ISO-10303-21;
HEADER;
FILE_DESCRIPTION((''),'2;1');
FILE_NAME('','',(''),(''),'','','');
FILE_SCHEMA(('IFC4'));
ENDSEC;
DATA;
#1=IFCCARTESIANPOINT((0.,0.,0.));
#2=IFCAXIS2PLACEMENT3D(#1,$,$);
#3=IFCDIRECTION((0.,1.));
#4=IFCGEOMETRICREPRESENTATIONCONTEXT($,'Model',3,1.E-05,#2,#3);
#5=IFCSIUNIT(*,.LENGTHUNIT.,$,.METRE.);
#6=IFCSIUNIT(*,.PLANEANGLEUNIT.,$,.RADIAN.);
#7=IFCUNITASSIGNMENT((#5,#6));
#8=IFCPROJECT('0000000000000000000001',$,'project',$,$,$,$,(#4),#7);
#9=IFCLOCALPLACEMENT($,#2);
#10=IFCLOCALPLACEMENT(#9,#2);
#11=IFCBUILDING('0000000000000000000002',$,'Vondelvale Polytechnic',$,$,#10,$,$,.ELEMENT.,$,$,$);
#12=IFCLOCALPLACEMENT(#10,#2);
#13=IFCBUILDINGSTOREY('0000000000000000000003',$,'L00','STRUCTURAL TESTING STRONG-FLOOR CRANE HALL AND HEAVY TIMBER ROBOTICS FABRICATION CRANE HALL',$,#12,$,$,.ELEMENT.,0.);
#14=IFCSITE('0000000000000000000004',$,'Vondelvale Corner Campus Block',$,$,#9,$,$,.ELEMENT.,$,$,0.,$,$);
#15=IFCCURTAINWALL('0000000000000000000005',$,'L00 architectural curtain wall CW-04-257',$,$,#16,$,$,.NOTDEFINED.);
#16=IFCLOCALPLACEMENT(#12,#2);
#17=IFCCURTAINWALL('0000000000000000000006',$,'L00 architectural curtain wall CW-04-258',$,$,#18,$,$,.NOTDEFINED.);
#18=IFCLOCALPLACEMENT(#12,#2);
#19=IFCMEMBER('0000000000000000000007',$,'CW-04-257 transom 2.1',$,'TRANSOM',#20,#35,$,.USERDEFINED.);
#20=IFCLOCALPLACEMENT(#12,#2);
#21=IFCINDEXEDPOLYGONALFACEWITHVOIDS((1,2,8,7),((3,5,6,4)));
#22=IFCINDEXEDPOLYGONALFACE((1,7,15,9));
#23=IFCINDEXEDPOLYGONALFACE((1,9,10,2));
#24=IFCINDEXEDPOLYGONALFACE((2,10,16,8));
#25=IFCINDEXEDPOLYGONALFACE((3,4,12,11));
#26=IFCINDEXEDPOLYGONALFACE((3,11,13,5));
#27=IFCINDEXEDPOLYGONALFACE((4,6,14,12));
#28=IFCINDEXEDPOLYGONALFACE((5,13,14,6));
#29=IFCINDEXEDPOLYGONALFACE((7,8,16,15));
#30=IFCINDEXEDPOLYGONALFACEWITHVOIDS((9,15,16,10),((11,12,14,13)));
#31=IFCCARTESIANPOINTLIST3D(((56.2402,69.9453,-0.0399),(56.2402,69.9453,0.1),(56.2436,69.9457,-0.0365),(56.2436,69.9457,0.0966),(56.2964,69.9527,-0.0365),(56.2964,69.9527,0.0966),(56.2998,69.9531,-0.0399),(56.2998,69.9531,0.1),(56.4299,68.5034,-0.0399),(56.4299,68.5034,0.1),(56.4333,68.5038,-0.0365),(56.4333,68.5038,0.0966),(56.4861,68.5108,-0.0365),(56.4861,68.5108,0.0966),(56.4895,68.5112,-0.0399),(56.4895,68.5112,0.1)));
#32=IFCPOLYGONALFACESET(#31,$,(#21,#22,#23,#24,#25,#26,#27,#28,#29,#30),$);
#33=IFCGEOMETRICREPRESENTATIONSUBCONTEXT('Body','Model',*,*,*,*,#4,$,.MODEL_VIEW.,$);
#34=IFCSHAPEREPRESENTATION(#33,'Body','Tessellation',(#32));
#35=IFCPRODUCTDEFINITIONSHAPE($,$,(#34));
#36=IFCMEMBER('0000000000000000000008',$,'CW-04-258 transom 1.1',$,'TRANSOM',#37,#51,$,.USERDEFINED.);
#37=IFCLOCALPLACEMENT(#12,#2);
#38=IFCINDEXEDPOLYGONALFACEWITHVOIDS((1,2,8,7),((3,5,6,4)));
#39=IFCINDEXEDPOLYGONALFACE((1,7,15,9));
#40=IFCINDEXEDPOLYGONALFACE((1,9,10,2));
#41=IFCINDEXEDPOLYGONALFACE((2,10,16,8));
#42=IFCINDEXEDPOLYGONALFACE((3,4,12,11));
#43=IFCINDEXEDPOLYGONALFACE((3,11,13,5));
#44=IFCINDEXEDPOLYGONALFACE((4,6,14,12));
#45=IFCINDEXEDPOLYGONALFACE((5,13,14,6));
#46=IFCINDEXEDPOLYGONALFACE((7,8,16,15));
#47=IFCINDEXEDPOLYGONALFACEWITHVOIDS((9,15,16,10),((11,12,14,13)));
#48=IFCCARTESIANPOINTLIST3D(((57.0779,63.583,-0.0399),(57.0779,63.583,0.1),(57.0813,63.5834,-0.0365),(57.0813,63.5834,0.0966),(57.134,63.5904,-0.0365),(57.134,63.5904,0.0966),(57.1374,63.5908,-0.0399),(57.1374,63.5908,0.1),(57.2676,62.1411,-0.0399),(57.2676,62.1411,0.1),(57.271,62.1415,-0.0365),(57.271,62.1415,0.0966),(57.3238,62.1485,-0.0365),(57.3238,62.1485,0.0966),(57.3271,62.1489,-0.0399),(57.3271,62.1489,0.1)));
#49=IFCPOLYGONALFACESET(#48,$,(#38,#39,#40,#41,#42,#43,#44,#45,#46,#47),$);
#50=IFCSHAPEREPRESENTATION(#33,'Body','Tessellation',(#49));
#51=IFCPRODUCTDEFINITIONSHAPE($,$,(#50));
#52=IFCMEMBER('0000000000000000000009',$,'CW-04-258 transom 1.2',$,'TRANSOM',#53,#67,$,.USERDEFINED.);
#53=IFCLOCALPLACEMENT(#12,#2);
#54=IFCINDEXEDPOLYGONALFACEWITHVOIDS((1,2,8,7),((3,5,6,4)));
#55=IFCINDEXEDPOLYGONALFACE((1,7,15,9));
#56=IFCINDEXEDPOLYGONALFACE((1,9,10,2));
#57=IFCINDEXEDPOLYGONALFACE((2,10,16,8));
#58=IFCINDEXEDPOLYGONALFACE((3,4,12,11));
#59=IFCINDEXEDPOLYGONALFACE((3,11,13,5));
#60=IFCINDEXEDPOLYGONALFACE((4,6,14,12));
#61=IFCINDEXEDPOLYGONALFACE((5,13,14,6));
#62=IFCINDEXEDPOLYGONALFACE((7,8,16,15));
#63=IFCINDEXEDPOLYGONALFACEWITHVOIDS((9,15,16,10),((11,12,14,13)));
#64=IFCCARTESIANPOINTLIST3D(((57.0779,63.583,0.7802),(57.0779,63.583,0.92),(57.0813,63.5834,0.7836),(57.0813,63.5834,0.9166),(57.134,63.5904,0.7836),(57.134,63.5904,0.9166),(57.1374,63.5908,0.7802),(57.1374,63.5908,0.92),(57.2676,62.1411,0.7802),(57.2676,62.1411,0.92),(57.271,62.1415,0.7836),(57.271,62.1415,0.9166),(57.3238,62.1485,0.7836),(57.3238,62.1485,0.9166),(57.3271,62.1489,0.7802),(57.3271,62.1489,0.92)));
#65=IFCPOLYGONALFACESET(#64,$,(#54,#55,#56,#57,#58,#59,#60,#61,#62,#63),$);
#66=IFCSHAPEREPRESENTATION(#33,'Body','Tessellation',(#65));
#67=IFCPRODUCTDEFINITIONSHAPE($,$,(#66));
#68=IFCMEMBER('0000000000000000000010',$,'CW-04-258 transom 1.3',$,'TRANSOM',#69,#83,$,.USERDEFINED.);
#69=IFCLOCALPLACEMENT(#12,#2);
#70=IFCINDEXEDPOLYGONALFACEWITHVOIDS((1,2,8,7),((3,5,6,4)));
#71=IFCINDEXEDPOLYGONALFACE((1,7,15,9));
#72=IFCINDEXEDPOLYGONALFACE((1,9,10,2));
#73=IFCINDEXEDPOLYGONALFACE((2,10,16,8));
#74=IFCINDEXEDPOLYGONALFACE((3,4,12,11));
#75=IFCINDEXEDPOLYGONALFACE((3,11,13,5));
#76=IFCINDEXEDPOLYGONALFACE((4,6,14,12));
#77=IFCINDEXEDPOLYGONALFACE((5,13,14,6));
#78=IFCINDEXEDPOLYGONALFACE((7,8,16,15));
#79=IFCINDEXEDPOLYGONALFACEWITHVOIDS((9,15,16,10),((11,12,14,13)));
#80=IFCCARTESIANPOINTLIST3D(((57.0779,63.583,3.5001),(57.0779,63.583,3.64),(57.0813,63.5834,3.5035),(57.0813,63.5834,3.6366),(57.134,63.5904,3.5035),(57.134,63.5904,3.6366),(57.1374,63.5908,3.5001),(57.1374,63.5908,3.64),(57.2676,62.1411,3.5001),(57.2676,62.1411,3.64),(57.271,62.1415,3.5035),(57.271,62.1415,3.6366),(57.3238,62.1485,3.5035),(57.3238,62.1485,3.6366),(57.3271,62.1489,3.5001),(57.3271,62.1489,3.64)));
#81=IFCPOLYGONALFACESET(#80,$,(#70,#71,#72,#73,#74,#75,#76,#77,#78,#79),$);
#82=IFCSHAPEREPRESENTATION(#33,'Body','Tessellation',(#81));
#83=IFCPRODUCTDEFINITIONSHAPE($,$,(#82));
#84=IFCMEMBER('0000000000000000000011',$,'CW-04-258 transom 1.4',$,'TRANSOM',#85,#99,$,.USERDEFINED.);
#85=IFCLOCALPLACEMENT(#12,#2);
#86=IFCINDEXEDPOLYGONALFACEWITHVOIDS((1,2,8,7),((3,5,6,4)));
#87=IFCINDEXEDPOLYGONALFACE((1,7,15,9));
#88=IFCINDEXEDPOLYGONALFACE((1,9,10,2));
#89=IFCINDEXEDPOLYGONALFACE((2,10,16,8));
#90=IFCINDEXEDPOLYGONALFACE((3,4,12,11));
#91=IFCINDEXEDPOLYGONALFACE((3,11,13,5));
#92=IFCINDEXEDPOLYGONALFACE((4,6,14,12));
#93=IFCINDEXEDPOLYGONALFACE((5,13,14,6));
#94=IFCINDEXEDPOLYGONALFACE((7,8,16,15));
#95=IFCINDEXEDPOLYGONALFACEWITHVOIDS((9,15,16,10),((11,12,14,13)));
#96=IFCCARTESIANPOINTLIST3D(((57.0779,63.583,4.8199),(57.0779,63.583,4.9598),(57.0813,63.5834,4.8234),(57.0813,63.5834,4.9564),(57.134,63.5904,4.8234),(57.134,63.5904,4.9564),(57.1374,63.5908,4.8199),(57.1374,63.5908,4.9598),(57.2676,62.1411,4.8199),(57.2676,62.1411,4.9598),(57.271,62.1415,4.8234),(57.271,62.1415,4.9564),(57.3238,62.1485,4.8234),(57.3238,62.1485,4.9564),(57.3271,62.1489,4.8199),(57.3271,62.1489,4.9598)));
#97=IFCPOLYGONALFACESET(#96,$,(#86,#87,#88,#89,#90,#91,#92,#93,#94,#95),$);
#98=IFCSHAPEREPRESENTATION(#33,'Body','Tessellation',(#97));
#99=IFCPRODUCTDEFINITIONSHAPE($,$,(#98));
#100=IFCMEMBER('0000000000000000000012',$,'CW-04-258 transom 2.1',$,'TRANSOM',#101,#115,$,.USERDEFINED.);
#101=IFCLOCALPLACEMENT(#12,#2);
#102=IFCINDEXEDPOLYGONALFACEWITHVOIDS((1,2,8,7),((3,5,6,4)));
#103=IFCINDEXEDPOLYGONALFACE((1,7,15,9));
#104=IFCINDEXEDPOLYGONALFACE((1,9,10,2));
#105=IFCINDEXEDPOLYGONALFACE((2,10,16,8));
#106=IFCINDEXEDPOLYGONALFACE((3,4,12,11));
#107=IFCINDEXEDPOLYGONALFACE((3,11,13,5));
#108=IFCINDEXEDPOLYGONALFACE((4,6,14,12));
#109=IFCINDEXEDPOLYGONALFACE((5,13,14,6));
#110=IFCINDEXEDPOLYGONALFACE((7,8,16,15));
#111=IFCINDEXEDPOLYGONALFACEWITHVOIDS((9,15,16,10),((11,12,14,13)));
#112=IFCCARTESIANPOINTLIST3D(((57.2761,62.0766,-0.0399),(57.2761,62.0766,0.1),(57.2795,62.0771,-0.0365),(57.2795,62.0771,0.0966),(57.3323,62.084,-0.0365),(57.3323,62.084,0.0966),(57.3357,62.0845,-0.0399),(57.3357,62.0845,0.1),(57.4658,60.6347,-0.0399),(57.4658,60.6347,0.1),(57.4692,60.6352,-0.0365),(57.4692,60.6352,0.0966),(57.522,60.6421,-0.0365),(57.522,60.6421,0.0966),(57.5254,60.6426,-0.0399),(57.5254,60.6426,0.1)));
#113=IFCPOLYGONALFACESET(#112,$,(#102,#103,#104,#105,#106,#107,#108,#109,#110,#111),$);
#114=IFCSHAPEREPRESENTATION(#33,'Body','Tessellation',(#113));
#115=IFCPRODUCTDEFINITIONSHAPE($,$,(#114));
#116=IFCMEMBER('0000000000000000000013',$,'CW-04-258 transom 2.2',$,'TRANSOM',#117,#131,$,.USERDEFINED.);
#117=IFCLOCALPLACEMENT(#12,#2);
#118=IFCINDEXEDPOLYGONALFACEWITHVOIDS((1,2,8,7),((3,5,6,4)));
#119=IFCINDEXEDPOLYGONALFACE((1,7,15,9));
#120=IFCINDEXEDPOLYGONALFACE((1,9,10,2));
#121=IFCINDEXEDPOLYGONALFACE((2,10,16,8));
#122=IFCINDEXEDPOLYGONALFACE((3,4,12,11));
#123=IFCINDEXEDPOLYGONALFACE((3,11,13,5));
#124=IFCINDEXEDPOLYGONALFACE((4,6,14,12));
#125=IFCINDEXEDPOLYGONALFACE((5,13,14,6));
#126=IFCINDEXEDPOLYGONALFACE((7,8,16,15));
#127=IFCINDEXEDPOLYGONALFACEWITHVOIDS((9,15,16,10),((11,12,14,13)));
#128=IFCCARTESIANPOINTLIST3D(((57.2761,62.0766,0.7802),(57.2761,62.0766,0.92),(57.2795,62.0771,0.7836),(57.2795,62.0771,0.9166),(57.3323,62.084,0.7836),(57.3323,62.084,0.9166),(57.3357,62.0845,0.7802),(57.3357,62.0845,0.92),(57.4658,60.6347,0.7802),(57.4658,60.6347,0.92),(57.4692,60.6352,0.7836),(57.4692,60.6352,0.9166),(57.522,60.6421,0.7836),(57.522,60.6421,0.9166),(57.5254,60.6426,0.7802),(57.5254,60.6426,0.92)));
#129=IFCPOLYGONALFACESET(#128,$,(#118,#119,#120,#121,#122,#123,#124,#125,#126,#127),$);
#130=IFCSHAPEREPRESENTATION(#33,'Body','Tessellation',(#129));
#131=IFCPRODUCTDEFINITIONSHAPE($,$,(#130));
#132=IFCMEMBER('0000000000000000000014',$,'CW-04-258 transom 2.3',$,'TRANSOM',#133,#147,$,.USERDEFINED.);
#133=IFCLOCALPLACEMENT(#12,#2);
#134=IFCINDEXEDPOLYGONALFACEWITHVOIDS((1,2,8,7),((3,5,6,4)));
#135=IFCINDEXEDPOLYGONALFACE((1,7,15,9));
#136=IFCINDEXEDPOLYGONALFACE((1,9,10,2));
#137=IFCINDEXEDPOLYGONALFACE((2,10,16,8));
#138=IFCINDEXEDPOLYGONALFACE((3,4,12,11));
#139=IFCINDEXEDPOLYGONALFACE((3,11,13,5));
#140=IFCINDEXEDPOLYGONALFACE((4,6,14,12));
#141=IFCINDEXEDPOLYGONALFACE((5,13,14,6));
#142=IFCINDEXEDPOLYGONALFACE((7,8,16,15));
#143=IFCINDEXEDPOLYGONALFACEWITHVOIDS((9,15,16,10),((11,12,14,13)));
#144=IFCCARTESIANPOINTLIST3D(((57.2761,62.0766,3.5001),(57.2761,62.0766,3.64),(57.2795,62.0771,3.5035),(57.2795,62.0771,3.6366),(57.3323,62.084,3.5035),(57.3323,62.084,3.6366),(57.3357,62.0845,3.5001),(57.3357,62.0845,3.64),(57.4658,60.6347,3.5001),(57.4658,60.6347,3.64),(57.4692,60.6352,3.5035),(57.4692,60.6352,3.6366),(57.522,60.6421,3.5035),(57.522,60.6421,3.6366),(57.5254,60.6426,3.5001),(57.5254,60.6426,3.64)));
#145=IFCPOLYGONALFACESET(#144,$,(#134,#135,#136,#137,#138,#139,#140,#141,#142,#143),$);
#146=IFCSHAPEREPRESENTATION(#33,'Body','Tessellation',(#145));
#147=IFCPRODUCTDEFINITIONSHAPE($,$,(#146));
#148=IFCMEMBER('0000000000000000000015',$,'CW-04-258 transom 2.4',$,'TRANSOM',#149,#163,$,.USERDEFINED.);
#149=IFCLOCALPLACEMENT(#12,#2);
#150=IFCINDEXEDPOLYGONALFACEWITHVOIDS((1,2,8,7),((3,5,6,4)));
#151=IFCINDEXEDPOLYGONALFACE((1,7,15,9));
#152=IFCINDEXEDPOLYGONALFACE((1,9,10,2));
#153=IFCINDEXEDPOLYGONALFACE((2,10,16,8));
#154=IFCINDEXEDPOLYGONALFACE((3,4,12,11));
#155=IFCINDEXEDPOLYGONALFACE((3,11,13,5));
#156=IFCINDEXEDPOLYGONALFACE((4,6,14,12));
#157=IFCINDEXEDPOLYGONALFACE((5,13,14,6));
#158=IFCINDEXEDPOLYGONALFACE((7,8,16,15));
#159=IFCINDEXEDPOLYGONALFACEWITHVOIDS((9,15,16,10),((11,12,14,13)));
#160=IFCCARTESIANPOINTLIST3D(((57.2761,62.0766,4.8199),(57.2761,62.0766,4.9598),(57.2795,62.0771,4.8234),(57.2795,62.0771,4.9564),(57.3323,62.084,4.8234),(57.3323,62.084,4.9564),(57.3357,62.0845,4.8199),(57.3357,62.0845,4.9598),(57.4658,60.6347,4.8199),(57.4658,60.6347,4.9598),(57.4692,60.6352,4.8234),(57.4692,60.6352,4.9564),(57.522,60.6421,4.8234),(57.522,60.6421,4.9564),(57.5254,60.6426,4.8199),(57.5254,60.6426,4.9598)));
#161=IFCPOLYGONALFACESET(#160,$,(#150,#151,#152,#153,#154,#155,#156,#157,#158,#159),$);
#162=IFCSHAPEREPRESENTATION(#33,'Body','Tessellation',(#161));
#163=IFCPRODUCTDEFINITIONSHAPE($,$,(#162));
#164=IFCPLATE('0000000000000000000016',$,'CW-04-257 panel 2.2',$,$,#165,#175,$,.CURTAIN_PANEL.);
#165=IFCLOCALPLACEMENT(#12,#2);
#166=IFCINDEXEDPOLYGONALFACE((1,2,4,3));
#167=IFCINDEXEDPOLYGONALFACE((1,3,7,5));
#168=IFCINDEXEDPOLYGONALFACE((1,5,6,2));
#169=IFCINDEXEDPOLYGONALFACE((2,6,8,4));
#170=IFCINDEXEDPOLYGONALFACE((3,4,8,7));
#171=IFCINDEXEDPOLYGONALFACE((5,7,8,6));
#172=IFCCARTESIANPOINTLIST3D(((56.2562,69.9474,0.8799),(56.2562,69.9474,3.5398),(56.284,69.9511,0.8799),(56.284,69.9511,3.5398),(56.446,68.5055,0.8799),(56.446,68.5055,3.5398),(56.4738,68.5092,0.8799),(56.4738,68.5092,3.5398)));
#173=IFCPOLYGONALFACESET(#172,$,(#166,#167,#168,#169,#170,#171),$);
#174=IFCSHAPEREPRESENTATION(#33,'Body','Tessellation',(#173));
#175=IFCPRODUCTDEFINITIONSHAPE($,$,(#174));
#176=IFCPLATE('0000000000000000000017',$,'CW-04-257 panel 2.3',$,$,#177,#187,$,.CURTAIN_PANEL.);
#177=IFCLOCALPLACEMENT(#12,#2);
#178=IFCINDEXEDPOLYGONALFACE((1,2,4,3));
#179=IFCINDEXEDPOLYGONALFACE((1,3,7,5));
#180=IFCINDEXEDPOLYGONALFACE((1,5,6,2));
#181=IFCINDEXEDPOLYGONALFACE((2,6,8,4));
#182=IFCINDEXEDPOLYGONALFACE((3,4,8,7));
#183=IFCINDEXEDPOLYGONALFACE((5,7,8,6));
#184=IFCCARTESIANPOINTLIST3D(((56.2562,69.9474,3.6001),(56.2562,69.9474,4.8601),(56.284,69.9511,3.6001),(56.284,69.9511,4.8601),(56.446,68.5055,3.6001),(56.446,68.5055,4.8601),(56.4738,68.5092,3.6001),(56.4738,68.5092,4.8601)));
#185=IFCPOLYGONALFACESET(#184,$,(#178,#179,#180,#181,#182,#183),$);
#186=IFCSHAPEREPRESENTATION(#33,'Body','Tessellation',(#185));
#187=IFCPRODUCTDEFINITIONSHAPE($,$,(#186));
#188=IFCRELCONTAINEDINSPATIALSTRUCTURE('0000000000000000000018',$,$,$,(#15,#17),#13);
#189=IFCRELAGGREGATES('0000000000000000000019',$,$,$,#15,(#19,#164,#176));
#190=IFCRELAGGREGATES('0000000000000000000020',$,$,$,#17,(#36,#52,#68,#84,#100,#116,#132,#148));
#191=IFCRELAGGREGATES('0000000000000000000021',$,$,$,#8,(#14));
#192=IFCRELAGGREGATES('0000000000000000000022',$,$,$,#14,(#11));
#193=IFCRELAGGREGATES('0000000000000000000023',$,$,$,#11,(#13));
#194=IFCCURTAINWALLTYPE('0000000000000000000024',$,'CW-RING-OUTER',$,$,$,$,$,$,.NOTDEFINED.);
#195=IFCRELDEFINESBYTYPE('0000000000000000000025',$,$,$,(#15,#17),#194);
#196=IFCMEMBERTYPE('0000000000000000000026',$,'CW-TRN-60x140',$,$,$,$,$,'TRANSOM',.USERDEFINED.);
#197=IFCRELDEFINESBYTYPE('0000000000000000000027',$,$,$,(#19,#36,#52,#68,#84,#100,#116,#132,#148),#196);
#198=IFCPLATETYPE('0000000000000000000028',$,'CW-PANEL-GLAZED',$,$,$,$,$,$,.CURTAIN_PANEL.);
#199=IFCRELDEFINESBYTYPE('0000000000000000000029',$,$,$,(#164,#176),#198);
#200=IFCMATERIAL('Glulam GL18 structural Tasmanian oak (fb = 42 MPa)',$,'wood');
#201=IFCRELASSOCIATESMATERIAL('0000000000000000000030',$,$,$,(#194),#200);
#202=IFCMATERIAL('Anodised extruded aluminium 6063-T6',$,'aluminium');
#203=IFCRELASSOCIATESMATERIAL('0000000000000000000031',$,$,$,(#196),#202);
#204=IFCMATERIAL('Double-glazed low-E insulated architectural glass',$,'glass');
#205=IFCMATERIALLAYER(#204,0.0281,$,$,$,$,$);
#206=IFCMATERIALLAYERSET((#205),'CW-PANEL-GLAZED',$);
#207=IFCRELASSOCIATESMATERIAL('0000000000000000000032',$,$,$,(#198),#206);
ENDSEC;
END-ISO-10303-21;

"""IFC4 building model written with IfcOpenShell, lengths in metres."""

from ifc_helpers import new_model, si_unit, direction, frame, origin, origin_2d, place, context, subcontext, project, spatial, rectangle, hollow_rectangle, extrude, material, layer, layer_set, material_profile, profile_set, type_object, element, aggregate, save


model = new_model("IFC4")

# Units and contexts
model_context = context("Model", 3, precision=1e-05, world=origin(), true_north=direction((0.0, 1.0)))
body_context = subcontext(model_context, "Body", "Model", "MODEL_VIEW")
ifc_project = project(units=[si_unit("LENGTHUNIT", "METRE"), si_unit("PLANEANGLEUNIT", "RADIAN")], contexts=[model_context])

# Site, building, storey
site_placement = place(None, origin())
site = spatial("IfcSite", under=ifc_project, at=site_placement, Name="Vondelvale Corner Campus Block", CompositionType="ELEMENT", RefElevation=0.0)
building_placement = place(site_placement, origin())
building = spatial("IfcBuilding", under=site, at=building_placement, Name="Vondelvale Polytechnic", CompositionType="ELEMENT")
storey_placement = place(building_placement, origin())
storey = spatial("IfcBuildingStorey", under=building, at=storey_placement, Name="L00", Description="STRUCTURAL TESTING STRONG-FLOOR CRANE HALL AND HEAVY TIMBER ROBOTICS FABRICATION CRANE HALL", CompositionType="ELEMENT", Elevation=0.0)

# Shared definitions
ifc_material_1 = material(Name="Glulam GL18 structural Tasmanian oak (fb = 42 MPa)", Category="wood")

# Curtain wall
curtain_wall_type = type_object("IfcCurtainWallType", Name="CW-RING-OUTER", PredefinedType="NOTDEFINED", material=ifc_material_1)
curtain_wall_1_placement = place(storey_placement, origin())
curtain_wall_1 = element("IfcCurtainWall", 1, at=curtain_wall_1_placement, inside=storey, type_object=curtain_wall_type, Name="L00 architectural curtain wall CW-04-257", PredefinedType="NOTDEFINED")
ifc_material_2 = material(Name="Anodised extruded aluminium 6063-T6", Category="aluminium")

# Curtain wall
curtain_wall_2_placement = place(storey_placement, origin())
curtain_wall_2 = element("IfcCurtainWall", 2, at=curtain_wall_2_placement, inside=storey, type_object=curtain_wall_type, Name="L00 architectural curtain wall CW-04-258", PredefinedType="NOTDEFINED")

# Members
ifc_material_profile_1 = material_profile(ifc_material_2, hollow_rectangle(XDim=0.0601, YDim=0.1399, WallThickness=0.0034, at=origin_2d()), Name="CW-TRN-140x60")
ifc_profile_set_1 = profile_set([ifc_material_profile_1], Name="Anodised extruded aluminium 6063-T6")
member_type_1 = type_object("IfcMemberType", Name="CW-TRN-60x140", ElementType="TRANSOM", PredefinedType="USERDEFINED", material=ifc_profile_set_1)
member_1_placement = place(storey_placement, frame((56.27, 69.9492, 0.03), z_axis=(0.130437, -0.991457, 0.0), x_axis=(0.991457, 0.130437, 0.0)))
member_1 = element("IfcMember", 3, at=member_1_placement, type_object=member_type_1, Name="CW-04-257 transom 2.1", ObjectType="TRANSOM", PredefinedType="USERDEFINED", context=body_context, shape_type="SweptSolid", body=[
    extrude(hollow_rectangle(XDim=0.0601, YDim=0.1399, WallThickness=0.0034, at=origin_2d()), origin(), (0.0, 0.0, 1.0), 1.4543),
])
member_2_placement = place(storey_placement, frame((57.1077, 63.5869, 0.03), z_axis=(0.130437, -0.991457, 0.0), x_axis=(0.991457, 0.130437, 0.0)))
member_2 = element("IfcMember", 4, at=member_2_placement, type_object=member_type_1, Name="CW-04-258 transom 1.1", ObjectType="TRANSOM", PredefinedType="USERDEFINED", context=body_context, shape_type="SweptSolid", body=[
    extrude(hollow_rectangle(XDim=0.0601, YDim=0.1399, WallThickness=0.0034, at=origin_2d()), origin(), (0.0, 0.0, 1.0), 1.4543),
])
member_3_placement = place(storey_placement, frame((57.1077, 63.5869, 0.8501), z_axis=(0.130437, -0.991457, 0.0), x_axis=(0.991457, 0.130437, 0.0)))
member_3 = element("IfcMember", 5, at=member_3_placement, type_object=member_type_1, Name="CW-04-258 transom 1.2", ObjectType="TRANSOM", PredefinedType="USERDEFINED", context=body_context, shape_type="SweptSolid", body=[
    extrude(hollow_rectangle(XDim=0.0601, YDim=0.1399, WallThickness=0.0034, at=origin_2d()), origin(), (0.0, 0.0, 1.0), 1.4543),
])
member_4_placement = place(storey_placement, frame((57.1077, 63.5869, 3.5701), z_axis=(0.130437, -0.991457, 0.0), x_axis=(0.991457, 0.130437, 0.0)))
member_4 = element("IfcMember", 6, at=member_4_placement, type_object=member_type_1, Name="CW-04-258 transom 1.3", ObjectType="TRANSOM", PredefinedType="USERDEFINED", context=body_context, shape_type="SweptSolid", body=[
    extrude(hollow_rectangle(XDim=0.0601, YDim=0.1399, WallThickness=0.0034, at=origin_2d()), origin(), (0.0, 0.0, 1.0), 1.4543),
])
member_5_placement = place(storey_placement, frame((57.1077, 63.5869, 4.8899), z_axis=(0.130437, -0.991457, 0.0), x_axis=(0.991457, 0.130437, 0.0)))
member_5 = element("IfcMember", 7, at=member_5_placement, type_object=member_type_1, Name="CW-04-258 transom 1.4", ObjectType="TRANSOM", PredefinedType="USERDEFINED", context=body_context, shape_type="SweptSolid", body=[
    extrude(hollow_rectangle(XDim=0.0601, YDim=0.1399, WallThickness=0.0034, at=origin_2d()), origin(), (0.0, 0.0, 1.0), 1.4543),
])
member_6_placement = place(storey_placement, frame((57.3059, 62.0806, 0.03), z_axis=(0.130437, -0.991457, 0.0), x_axis=(0.991457, 0.130437, 0.0)))
member_6 = element("IfcMember", 8, at=member_6_placement, type_object=member_type_1, Name="CW-04-258 transom 2.1", ObjectType="TRANSOM", PredefinedType="USERDEFINED", context=body_context, shape_type="SweptSolid", body=[
    extrude(hollow_rectangle(XDim=0.0601, YDim=0.1399, WallThickness=0.0034, at=origin_2d()), origin(), (0.0, 0.0, 1.0), 1.4543),
])
member_7_placement = place(storey_placement, frame((57.3059, 62.0806, 0.8501), z_axis=(0.130437, -0.991457, 0.0), x_axis=(0.991457, 0.130437, 0.0)))
member_7 = element("IfcMember", 9, at=member_7_placement, type_object=member_type_1, Name="CW-04-258 transom 2.2", ObjectType="TRANSOM", PredefinedType="USERDEFINED", context=body_context, shape_type="SweptSolid", body=[
    extrude(hollow_rectangle(XDim=0.0601, YDim=0.1399, WallThickness=0.0034, at=origin_2d()), origin(), (0.0, 0.0, 1.0), 1.4543),
])
member_8_placement = place(storey_placement, frame((57.3059, 62.0806, 3.5701), z_axis=(0.130437, -0.991457, 0.0), x_axis=(0.991457, 0.130437, 0.0)))
member_8 = element("IfcMember", 10, at=member_8_placement, type_object=member_type_1, Name="CW-04-258 transom 2.3", ObjectType="TRANSOM", PredefinedType="USERDEFINED", context=body_context, shape_type="SweptSolid", body=[
    extrude(hollow_rectangle(XDim=0.0601, YDim=0.1399, WallThickness=0.0034, at=origin_2d()), origin(), (0.0, 0.0, 1.0), 1.4543),
])
member_9_placement = place(storey_placement, frame((57.3059, 62.0806, 4.8899), z_axis=(0.130437, -0.991457, 0.0), x_axis=(0.991457, 0.130437, 0.0)))
member_9 = element("IfcMember", 11, at=member_9_placement, type_object=member_type_1, Name="CW-04-258 transom 2.4", ObjectType="TRANSOM", PredefinedType="USERDEFINED", context=body_context, shape_type="SweptSolid", body=[
    extrude(hollow_rectangle(XDim=0.0601, YDim=0.1399, WallThickness=0.0034, at=origin_2d()), origin(), (0.0, 0.0, 1.0), 1.4543),
])

# Plates
ifc_material_3 = material(Name="Double-glazed low-E insulated architectural glass", Category="glass")
ifc_layer_1 = layer(ifc_material_3, 0.0281)
ifc_layer_set_1 = layer_set([ifc_layer_1], Name="CW-PANEL-GLAZED")
plate_type_1 = type_object("IfcPlateType", Name="CW-PANEL-GLAZED", PredefinedType="CURTAIN_PANEL", material=ifc_layer_set_1)
plate_1_placement = place(storey_placement, frame((56.365, 69.2283, 0.8799), z_axis=(0.0, 0.0, 1.0), x_axis=(0.130524, -0.991445, 0.0)))
plate_1 = element("IfcPlate", 12, at=plate_1_placement, type_object=plate_type_1, Name="CW-04-257 panel 2.2", PredefinedType="CURTAIN_PANEL", context=body_context, shape_type="SweptSolid", body=[
    extrude(rectangle(XDim=1.4543, YDim=0.0281, at=origin_2d()), origin(), (0.0, 0.0, 1.0), 2.6599),
])
plate_2_placement = place(storey_placement, frame((56.365, 69.2283, 3.6001), z_axis=(0.0, 0.0, 1.0), x_axis=(0.130524, -0.991445, 0.0)))
plate_2 = element("IfcPlate", 13, at=plate_2_placement, type_object=plate_type_1, Name="CW-04-257 panel 2.3", PredefinedType="CURTAIN_PANEL", context=body_context, shape_type="SweptSolid", body=[
    extrude(rectangle(XDim=1.4543, YDim=0.0281, at=origin_2d()), origin(), (0.0, 0.0, 1.0), 1.26),
])
aggregate(curtain_wall_1, [member_1, plate_1, plate_2])
aggregate(curtain_wall_2, [member_2, member_3, member_4, member_5, member_6, member_7, member_8, member_9])

save(model, "model.ifc")
